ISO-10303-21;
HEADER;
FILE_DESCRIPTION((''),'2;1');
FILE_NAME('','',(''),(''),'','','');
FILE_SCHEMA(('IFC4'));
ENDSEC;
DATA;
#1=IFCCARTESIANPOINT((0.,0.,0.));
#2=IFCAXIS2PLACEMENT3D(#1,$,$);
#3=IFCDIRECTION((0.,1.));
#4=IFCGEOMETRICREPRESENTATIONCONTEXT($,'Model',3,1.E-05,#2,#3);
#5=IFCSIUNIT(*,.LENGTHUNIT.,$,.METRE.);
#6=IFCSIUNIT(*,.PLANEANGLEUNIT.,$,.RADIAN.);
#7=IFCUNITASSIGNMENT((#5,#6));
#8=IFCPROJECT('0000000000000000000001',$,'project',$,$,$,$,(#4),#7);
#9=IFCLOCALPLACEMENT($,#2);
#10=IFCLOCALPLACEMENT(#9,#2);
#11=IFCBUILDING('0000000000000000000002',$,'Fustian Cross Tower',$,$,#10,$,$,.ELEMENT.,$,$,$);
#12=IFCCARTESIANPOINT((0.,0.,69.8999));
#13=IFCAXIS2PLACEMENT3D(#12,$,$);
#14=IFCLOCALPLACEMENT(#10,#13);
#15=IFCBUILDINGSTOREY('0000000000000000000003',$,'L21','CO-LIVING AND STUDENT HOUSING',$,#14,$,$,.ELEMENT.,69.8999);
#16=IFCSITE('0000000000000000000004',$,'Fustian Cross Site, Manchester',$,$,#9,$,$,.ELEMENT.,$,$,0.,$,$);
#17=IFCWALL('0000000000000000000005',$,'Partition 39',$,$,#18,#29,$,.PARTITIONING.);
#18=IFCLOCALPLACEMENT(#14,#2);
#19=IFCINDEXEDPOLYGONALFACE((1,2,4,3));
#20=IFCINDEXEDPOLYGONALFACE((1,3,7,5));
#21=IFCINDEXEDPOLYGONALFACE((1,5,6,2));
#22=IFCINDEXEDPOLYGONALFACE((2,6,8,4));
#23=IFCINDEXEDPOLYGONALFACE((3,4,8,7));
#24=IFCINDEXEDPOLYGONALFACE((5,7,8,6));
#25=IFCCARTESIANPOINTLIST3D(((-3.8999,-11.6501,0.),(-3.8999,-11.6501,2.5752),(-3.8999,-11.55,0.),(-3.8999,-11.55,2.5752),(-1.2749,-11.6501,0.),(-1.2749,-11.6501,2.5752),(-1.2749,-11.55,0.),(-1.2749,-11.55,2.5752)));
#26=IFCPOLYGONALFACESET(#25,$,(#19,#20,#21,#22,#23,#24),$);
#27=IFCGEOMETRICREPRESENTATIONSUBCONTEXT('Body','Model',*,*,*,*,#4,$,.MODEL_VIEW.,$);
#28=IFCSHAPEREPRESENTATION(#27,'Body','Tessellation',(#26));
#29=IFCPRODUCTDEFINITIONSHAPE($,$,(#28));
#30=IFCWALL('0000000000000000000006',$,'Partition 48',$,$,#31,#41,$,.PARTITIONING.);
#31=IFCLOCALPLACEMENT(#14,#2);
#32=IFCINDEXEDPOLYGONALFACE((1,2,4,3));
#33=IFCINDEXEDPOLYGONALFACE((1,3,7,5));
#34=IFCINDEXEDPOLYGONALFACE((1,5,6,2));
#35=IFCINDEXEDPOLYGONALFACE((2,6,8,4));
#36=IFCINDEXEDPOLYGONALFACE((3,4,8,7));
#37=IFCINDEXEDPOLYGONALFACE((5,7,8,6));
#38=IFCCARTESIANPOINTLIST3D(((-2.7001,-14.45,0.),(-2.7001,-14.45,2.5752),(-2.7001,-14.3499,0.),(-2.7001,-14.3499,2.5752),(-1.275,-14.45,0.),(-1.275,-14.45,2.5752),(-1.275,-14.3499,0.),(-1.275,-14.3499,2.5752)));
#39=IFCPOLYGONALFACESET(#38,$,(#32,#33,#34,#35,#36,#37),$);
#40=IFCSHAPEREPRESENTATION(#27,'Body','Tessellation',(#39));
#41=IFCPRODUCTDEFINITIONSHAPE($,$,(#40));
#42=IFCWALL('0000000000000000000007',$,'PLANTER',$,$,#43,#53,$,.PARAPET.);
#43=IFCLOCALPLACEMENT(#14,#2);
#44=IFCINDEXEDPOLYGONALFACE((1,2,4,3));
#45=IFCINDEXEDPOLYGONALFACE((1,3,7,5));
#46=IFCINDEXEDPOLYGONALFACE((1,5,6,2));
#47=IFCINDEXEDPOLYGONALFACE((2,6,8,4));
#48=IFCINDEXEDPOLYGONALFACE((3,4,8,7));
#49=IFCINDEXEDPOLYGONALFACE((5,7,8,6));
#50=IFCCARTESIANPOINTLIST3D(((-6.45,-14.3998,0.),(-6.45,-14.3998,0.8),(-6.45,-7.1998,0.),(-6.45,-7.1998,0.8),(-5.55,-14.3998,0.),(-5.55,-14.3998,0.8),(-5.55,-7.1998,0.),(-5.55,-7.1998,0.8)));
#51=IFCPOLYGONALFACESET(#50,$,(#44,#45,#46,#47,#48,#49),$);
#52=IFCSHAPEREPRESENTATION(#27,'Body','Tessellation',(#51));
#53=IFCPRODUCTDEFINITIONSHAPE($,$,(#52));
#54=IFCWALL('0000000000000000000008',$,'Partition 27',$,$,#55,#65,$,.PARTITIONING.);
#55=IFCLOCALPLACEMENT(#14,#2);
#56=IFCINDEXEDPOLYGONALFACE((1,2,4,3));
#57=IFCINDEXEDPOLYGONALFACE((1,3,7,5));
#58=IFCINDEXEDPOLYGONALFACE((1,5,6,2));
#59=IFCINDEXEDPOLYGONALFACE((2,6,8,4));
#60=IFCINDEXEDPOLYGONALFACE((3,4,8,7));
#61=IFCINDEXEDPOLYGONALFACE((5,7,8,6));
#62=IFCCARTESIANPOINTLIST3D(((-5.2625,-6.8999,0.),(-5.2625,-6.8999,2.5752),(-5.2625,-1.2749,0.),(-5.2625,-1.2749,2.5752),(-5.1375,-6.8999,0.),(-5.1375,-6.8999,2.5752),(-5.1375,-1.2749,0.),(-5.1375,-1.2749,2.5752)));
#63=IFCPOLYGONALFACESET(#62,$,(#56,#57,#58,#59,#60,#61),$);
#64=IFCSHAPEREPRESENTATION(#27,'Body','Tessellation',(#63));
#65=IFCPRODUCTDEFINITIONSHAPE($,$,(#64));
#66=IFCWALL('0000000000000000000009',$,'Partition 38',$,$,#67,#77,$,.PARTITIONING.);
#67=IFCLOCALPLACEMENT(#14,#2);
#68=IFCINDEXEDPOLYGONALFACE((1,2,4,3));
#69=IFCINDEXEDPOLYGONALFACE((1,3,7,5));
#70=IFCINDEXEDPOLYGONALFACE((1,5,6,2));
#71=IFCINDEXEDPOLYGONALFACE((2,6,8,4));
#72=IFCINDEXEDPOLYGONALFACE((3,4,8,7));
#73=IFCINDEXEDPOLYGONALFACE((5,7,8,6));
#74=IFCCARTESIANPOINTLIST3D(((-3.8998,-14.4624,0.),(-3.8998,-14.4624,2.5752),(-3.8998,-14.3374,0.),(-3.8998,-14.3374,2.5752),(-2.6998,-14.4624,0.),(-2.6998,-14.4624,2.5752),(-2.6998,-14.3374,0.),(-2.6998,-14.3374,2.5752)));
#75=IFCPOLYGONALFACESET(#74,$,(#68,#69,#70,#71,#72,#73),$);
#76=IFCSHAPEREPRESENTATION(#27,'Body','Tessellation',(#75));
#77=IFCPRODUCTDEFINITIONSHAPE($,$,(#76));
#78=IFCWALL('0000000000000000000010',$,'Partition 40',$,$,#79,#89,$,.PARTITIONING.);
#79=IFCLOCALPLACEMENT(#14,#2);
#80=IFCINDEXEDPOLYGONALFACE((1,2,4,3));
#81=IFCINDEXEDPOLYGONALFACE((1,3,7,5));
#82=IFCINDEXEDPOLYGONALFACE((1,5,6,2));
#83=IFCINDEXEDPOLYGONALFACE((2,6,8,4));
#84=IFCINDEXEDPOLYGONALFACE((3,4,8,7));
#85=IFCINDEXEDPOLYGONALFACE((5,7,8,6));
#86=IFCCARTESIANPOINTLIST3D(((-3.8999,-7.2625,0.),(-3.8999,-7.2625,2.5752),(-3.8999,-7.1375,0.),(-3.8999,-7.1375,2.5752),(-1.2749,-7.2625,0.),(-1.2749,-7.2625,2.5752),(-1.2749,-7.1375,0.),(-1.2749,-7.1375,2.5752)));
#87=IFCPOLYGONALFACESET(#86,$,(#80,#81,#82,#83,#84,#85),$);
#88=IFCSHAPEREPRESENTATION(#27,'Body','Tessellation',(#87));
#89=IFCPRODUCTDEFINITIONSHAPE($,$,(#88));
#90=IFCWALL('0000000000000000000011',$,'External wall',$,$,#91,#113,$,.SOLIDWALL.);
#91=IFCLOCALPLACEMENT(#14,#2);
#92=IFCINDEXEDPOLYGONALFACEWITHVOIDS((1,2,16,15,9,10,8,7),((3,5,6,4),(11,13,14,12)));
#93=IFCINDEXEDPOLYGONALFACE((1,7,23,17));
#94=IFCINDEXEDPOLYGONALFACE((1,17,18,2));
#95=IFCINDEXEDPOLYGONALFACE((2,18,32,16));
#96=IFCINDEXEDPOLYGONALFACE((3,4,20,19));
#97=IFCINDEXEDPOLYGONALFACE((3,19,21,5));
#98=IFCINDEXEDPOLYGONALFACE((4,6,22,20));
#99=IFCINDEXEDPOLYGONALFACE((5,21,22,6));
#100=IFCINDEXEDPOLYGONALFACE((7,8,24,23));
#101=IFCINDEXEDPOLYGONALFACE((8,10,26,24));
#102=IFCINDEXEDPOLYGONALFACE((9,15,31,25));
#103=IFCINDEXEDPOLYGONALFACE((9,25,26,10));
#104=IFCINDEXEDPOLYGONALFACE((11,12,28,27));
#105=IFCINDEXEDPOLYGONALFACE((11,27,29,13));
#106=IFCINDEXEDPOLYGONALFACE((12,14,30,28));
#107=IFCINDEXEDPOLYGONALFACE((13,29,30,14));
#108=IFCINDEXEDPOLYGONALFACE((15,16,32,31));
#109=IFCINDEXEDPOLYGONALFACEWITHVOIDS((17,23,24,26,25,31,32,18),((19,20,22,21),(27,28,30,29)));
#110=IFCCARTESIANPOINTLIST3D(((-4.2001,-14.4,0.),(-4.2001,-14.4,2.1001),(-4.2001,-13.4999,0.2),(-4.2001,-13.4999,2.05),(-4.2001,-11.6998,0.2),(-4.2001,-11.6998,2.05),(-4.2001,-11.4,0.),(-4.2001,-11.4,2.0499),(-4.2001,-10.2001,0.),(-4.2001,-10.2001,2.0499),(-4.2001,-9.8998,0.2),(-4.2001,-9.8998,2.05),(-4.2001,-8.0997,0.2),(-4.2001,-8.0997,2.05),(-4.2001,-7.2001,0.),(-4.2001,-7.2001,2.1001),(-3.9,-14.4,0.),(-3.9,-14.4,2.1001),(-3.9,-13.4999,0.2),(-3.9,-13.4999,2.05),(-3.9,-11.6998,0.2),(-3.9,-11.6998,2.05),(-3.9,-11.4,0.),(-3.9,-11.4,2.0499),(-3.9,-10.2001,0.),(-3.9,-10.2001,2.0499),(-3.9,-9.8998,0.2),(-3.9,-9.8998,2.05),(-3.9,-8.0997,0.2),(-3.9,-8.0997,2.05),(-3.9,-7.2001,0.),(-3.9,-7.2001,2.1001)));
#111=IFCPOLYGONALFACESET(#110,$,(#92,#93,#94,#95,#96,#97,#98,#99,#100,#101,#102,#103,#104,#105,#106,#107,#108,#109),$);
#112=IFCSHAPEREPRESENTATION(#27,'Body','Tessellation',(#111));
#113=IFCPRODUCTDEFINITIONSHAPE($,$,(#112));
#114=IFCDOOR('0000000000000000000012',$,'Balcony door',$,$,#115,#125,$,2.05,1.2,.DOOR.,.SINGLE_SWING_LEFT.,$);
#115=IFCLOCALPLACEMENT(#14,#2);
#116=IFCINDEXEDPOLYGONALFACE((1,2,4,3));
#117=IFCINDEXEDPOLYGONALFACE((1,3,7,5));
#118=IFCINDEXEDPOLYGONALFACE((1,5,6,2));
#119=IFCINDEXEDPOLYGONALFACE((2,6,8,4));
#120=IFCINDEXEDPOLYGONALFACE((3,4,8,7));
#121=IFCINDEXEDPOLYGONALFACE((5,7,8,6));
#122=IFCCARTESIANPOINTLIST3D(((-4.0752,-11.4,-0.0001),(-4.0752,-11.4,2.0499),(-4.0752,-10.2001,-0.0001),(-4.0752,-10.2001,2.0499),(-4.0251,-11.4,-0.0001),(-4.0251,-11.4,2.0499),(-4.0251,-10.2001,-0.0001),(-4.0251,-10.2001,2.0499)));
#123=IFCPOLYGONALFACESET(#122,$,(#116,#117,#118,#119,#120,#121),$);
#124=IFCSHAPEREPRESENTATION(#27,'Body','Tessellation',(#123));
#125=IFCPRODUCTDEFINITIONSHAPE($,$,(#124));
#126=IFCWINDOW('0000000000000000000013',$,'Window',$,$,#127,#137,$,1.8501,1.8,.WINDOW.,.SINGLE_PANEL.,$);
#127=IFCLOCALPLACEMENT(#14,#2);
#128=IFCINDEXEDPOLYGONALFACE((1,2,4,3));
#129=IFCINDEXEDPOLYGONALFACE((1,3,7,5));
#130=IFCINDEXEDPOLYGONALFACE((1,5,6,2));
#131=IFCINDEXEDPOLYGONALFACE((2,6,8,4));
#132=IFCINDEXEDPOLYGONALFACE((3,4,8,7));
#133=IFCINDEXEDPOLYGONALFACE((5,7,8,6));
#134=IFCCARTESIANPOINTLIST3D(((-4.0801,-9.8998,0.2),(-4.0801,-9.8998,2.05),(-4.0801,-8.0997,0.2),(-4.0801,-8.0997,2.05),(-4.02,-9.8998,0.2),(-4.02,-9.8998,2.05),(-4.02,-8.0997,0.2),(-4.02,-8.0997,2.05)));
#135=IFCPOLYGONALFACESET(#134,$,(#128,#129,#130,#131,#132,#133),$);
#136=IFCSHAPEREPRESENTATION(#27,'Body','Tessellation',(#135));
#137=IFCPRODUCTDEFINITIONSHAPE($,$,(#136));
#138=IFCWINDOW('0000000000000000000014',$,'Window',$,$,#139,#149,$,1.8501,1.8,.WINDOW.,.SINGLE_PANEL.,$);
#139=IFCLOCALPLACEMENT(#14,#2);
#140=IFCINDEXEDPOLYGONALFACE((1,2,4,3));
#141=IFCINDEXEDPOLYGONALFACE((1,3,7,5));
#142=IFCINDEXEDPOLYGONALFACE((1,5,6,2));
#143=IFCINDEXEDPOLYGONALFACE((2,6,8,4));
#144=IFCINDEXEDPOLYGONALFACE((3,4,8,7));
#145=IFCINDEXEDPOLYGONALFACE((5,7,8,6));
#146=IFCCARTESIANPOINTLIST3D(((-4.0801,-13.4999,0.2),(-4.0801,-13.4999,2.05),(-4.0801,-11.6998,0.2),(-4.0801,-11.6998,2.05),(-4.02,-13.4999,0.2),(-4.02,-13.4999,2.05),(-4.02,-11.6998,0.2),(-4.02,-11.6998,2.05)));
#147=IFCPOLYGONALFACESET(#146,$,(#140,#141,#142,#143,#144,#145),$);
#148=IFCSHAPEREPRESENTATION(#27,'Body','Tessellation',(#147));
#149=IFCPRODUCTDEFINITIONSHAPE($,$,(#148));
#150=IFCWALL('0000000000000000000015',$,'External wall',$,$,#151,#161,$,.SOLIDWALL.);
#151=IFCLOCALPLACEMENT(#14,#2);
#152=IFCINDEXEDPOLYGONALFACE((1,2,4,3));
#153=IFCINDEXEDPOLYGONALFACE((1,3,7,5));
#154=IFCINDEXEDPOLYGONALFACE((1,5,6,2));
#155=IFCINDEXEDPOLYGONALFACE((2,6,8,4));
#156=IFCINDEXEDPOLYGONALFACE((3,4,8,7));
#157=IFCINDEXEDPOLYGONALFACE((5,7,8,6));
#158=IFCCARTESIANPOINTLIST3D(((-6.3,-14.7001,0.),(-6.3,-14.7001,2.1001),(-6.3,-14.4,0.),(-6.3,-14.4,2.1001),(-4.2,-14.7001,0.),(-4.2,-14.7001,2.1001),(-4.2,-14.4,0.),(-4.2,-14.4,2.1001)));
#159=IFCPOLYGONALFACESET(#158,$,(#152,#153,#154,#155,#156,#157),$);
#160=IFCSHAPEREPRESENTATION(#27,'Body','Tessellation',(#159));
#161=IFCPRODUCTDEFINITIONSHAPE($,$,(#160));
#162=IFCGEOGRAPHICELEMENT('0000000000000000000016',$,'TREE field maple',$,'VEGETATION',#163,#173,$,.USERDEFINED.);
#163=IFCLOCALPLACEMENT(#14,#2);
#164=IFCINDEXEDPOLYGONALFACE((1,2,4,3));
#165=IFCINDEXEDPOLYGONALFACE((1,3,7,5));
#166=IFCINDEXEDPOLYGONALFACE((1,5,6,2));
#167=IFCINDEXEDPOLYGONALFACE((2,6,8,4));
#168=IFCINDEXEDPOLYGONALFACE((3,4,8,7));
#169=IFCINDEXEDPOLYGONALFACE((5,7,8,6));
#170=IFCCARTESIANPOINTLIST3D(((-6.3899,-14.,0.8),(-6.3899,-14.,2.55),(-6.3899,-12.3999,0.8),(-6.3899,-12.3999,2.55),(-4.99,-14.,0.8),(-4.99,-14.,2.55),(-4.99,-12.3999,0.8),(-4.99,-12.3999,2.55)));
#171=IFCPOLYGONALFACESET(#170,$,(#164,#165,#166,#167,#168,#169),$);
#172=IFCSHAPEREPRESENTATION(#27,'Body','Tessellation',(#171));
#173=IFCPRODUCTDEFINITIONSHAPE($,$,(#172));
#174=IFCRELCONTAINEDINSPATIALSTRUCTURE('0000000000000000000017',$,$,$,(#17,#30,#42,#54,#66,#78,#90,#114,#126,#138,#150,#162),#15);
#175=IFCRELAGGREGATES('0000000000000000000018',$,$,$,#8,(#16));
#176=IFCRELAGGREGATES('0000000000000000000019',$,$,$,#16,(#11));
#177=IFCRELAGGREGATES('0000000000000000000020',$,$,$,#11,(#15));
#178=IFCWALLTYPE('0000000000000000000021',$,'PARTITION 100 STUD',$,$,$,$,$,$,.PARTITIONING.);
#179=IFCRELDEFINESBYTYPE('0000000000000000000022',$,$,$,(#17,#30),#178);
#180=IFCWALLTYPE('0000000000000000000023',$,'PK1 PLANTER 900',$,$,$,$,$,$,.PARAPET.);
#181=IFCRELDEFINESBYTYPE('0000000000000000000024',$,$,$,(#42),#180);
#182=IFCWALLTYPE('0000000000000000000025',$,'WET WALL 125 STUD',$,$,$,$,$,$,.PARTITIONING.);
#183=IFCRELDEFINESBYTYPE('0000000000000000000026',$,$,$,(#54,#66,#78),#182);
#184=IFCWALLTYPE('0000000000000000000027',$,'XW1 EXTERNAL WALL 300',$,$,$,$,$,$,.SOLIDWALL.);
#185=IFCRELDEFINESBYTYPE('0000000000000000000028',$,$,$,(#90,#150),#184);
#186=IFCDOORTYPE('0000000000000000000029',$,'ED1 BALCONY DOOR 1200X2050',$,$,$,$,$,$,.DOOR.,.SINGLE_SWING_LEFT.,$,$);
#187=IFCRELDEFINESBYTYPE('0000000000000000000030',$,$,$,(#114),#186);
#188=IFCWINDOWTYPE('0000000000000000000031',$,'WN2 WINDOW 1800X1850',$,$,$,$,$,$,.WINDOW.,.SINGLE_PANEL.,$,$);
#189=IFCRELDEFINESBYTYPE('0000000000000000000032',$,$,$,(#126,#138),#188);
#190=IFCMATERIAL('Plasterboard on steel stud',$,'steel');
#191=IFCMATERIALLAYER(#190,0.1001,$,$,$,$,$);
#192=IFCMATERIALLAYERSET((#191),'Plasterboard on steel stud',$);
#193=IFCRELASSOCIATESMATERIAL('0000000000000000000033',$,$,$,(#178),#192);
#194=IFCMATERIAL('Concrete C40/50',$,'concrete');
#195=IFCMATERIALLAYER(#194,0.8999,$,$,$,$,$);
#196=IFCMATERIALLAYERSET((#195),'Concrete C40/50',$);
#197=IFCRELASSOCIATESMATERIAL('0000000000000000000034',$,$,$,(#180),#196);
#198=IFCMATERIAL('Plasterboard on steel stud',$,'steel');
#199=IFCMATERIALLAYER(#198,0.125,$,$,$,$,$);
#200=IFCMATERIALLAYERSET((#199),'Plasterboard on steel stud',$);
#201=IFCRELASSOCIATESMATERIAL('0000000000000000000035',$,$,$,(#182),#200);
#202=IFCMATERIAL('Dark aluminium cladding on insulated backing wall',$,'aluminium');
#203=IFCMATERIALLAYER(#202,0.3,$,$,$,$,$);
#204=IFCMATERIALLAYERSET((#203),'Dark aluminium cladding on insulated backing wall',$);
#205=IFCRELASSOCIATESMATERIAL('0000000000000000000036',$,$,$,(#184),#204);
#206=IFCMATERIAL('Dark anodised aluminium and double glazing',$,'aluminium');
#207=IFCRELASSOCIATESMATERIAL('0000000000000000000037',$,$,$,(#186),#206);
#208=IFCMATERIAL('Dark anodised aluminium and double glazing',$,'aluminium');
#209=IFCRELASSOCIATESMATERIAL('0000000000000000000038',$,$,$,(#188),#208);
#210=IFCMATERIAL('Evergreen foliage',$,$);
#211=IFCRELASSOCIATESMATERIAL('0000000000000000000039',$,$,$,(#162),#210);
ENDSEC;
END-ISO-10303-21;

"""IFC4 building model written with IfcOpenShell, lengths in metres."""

from ifc_helpers import new_model, si_unit, direction, frame, frame_2d, origin, origin_2d, place, context, subcontext, project, spatial, rectangle, extrude, material, layer, layer_set, type_object, element, fill, save


model = new_model("IFC4")

# Units and contexts
model_context = context("Model", 3, precision=1e-05, world=origin(), true_north=direction((0.0, 1.0)))
body_context = subcontext(model_context, "Body", "Model", "MODEL_VIEW")
ifc_project = project(units=[si_unit("LENGTHUNIT", "METRE"), si_unit("PLANEANGLEUNIT", "RADIAN")], contexts=[model_context])

# Site, building, storey
site_placement = place(None, origin())
site = spatial("IfcSite", under=ifc_project, at=site_placement, Name="Fustian Cross Site, Manchester", CompositionType="ELEMENT", RefElevation=0.0)
building_placement = place(site_placement, origin())
building = spatial("IfcBuilding", under=site, at=building_placement, Name="Fustian Cross Tower", CompositionType="ELEMENT")
storey_placement = place(building_placement, frame((0.0, 0.0, 69.8999)))
storey = spatial("IfcBuildingStorey", under=building, at=storey_placement, Name="L21", Description="CO-LIVING AND STUDENT HOUSING", CompositionType="ELEMENT", Elevation=69.8999)

# Shared definitions
ifc_material_1 = material(Name="Plasterboard on steel stud", Category="steel")
ifc_layer_1 = layer(ifc_material_1, 0.1001)
ifc_layer_set_1 = layer_set([ifc_layer_1], Name="Plasterboard on steel stud")
wall_type_1 = type_object("IfcWallType", Name="PARTITION 100 STUD", PredefinedType="PARTITIONING", material=ifc_layer_set_1)

# Walls
wall_1_placement = place(storey_placement, frame((-3.8999, -11.6001, 0.0), z_axis=(0.0, 0.0, 1.0), x_axis=(1.0, 0.0, 0.0)))
element("IfcWall", 1, at=wall_1_placement, inside=storey, type_object=wall_type_1, Name="Partition 39", PredefinedType="PARTITIONING", context=body_context, shape_type="SweptSolid", body=[
    extrude(rectangle(XDim=2.625, YDim=0.1001, at=frame_2d((1.3125, 0.0))), origin(), (0.0, 0.0, 1.0), 2.5752),
])
wall_2_placement = place(storey_placement, frame((-2.7, -14.3999, 0.0), z_axis=(0.0, 0.0, 1.0), x_axis=(1.0, 0.0, 0.0)))
element("IfcWall", 2, at=wall_2_placement, inside=storey, type_object=wall_type_1, Name="Partition 48", PredefinedType="PARTITIONING", context=body_context, shape_type="SweptSolid", body=[
    extrude(rectangle(XDim=1.425, YDim=0.1001, at=frame_2d((0.7124, 0.0))), origin(), (0.0, 0.0, 1.0), 2.5752),
])
ifc_material_2 = material(Name="Concrete C40/50", Category="concrete")
ifc_layer_2 = layer(ifc_material_2, 0.8999)
ifc_layer_set_2 = layer_set([ifc_layer_2], Name="Concrete C40/50")
wall_type_2 = type_object("IfcWallType", Name="PK1 PLANTER 900", PredefinedType="PARAPET", material=ifc_layer_set_2)
wall_3_placement = place(storey_placement, frame((-6.0, -14.3999, 0.0), z_axis=(0.0, 0.0, 1.0), x_axis=(0.0, 1.0, 0.0)))
element("IfcWall", 3, at=wall_3_placement, inside=storey, type_object=wall_type_2, Name="PLANTER", PredefinedType="PARAPET", context=body_context, shape_type="SweptSolid", body=[
    extrude(rectangle(XDim=7.2, YDim=0.8999, at=frame_2d((3.6001, 0.0))), origin(), (0.0, 0.0, 1.0), 0.8),
])
ifc_material_3 = material(Name="Plasterboard on steel stud", Category="steel")
ifc_layer_3 = layer(ifc_material_3, 0.125)
ifc_layer_set_3 = layer_set([ifc_layer_3], Name="Plasterboard on steel stud")
wall_type_3 = type_object("IfcWallType", Name="WET WALL 125 STUD", PredefinedType="PARTITIONING", material=ifc_layer_set_3)
wall_4_placement = place(storey_placement, frame((-5.2, -6.8999, 0.0), z_axis=(0.0, 0.0, 1.0), x_axis=(0.0, 1.0, 0.0)))
element("IfcWall", 4, at=wall_4_placement, inside=storey, type_object=wall_type_3, Name="Partition 27", PredefinedType="PARTITIONING", context=body_context, shape_type="SweptSolid", body=[
    extrude(rectangle(XDim=5.625, YDim=0.125, at=frame_2d((2.8125, 0.0))), origin(), (0.0, 0.0, 1.0), 2.5752),
])
wall_5_placement = place(storey_placement, frame((-3.8999, -14.3999, 0.0), z_axis=(0.0, 0.0, 1.0), x_axis=(1.0, 0.0, 0.0)))
element("IfcWall", 5, at=wall_5_placement, inside=storey, type_object=wall_type_3, Name="Partition 38", PredefinedType="PARTITIONING", context=body_context, shape_type="SweptSolid", body=[
    extrude(rectangle(XDim=1.2, YDim=0.125, at=frame_2d((0.6001, 0.0))), origin(), (0.0, 0.0, 1.0), 2.5752),
])
wall_6_placement = place(storey_placement, frame((-3.8999, -7.2, 0.0), z_axis=(0.0, 0.0, 1.0), x_axis=(1.0, 0.0, 0.0)))
element("IfcWall", 6, at=wall_6_placement, inside=storey, type_object=wall_type_3, Name="Partition 40", PredefinedType="PARTITIONING", context=body_context, shape_type="SweptSolid", body=[
    extrude(rectangle(XDim=2.625, YDim=0.125, at=frame_2d((1.3125, 0.0))), origin(), (0.0, 0.0, 1.0), 2.5752),
])

# Wall, openings, door, windows
ifc_material_4 = material(Name="Dark aluminium cladding on insulated backing wall", Category="aluminium")
ifc_layer_4 = layer(ifc_material_4, 0.3)
ifc_layer_set_4 = layer_set([ifc_layer_4], Name="Dark aluminium cladding on insulated backing wall")
wall_type_4 = type_object("IfcWallType", Name="XW1 EXTERNAL WALL 300", PredefinedType="SOLIDWALL", material=ifc_layer_set_4)
wall_7_placement = place(storey_placement, frame((-4.05, -7.2, 0.0), z_axis=(0.0, 0.0, 1.0), x_axis=(0.0, -1.0, 0.0)))
wall_7 = element("IfcWall", 7, at=wall_7_placement, inside=storey, type_object=wall_type_4, Name="External wall", PredefinedType="SOLIDWALL", context=body_context, shape_type="SweptSolid", body=[
    extrude(rectangle(XDim=7.2, YDim=0.3, at=frame_2d((3.6001, 0.0))), origin(), (0.0, 0.0, 1.0), 2.1001),
])
opening_1_placement = place(wall_7_placement, frame((3.0, 0.0, 0.0)))
opening_1 = element("IfcOpeningElement", 8, at=opening_1_placement, cuts=wall_7, PredefinedType="OPENING", context=body_context, shape_type="SweptSolid", body=[
    extrude(rectangle(XDim=1.2, YDim=2.05, at=frame_2d((0.6001, 1.0249))), frame((0.0, 0.1599, 0.0), z_axis=(0.0, -1.0, 0.0), x_axis=(1.0, 0.0, 0.0)), (0.0, 0.0, 1.0), 0.3201),
])
opening_2_placement = place(wall_7_placement, frame((0.8999, 0.0, 0.2)))
opening_2 = element("IfcOpeningElement", 9, at=opening_2_placement, cuts=wall_7, PredefinedType="OPENING", context=body_context, shape_type="SweptSolid", body=[
    extrude(rectangle(XDim=1.8, YDim=1.8501, at=frame_2d((0.8999, 0.925))), frame((0.0, 0.1599, 0.0), z_axis=(0.0, -1.0, 0.0), x_axis=(1.0, 0.0, 0.0)), (0.0, 0.0, 1.0), 0.3201),
])
opening_3_placement = place(wall_7_placement, frame((4.5, 0.0, 0.2)))
opening_3 = element("IfcOpeningElement", 10, at=opening_3_placement, cuts=wall_7, PredefinedType="OPENING", context=body_context, shape_type="SweptSolid", body=[
    extrude(rectangle(XDim=1.8, YDim=1.8501, at=frame_2d((0.8999, 0.925))), frame((0.0, 0.1599, 0.0), z_axis=(0.0, -1.0, 0.0), x_axis=(1.0, 0.0, 0.0)), (0.0, 0.0, 1.0), 0.3201),
])
ifc_material_5 = material(Name="Dark anodised aluminium and double glazing", Category="aluminium")
door_type_1 = type_object("IfcDoorType", Name="ED1 BALCONY DOOR 1200X2050", OperationType="SINGLE_SWING_LEFT", PredefinedType="DOOR", material=ifc_material_5)
door_1_placement = place(opening_1_placement, origin())
door_1 = element("IfcDoor", 11, at=door_1_placement, inside=storey, type_object=door_type_1, Name="Balcony door", OperationType="SINGLE_SWING_LEFT", OverallHeight=2.05, OverallWidth=1.2, PredefinedType="DOOR", context=body_context, shape_type="SweptSolid", body=[
    extrude(rectangle(XDim=1.2, YDim=2.05, at=frame_2d((0.6001, 1.0249))), frame((0.0, 0.0249, 0.0), z_axis=(0.0, -1.0, 0.0), x_axis=(1.0, 0.0, 0.0)), (0.0, 0.0, 1.0), 0.05),
])
fill(opening_1, door_1)
ifc_material_6 = material(Name="Dark anodised aluminium and double glazing", Category="aluminium")
window_type = type_object("IfcWindowType", Name="WN2 WINDOW 1800X1850", PartitioningType="SINGLE_PANEL", PredefinedType="WINDOW", material=ifc_material_6)
window_1_placement = place(opening_2_placement, origin())
window_1 = element("IfcWindow", 12, at=window_1_placement, inside=storey, type_object=window_type, Name="Window", OverallHeight=1.8501, OverallWidth=1.8, PartitioningType="SINGLE_PANEL", PredefinedType="WINDOW", context=body_context, shape_type="SweptSolid", body=[
    extrude(rectangle(XDim=1.8, YDim=1.8501, at=frame_2d((0.8999, 0.925))), frame((0.0, 0.03, 0.0), z_axis=(0.0, -1.0, 0.0), x_axis=(1.0, 0.0, 0.0)), (0.0, 0.0, 1.0), 0.0601),
])
fill(opening_2, window_1)
window_2_placement = place(opening_3_placement, origin())
window_2 = element("IfcWindow", 13, at=window_2_placement, inside=storey, type_object=window_type, Name="Window", OverallHeight=1.8501, OverallWidth=1.8, PartitioningType="SINGLE_PANEL", PredefinedType="WINDOW", context=body_context, shape_type="SweptSolid", body=[
    extrude(rectangle(XDim=1.8, YDim=1.8501, at=frame_2d((0.8999, 0.925))), frame((0.0, 0.03, 0.0), z_axis=(0.0, -1.0, 0.0), x_axis=(1.0, 0.0, 0.0)), (0.0, 0.0, 1.0), 0.0601),
])
fill(opening_3, window_2)

# Wall
wall_8_placement = place(storey_placement, frame((-4.2, -14.55, 0.0), z_axis=(0.0, 0.0, 1.0), x_axis=(-1.0, 0.0, 0.0)))
element("IfcWall", 14, at=wall_8_placement, inside=storey, type_object=wall_type_4, Name="External wall", PredefinedType="SOLIDWALL", context=body_context, shape_type="SweptSolid", body=[
    extrude(rectangle(XDim=2.1001, YDim=0.3, at=frame_2d((1.05, 0.0))), origin(), (0.0, 0.0, 1.0), 2.1001),
])

# Geographic element
ifc_material_7 = material(Name="Evergreen foliage")
for number, where, z_axis, x_axis, name in (
    (15, (-5.6899, -13.2, 0.8), (0.0, 0.0, 1.0), (1.0, 0.0, 0.0), "TREE field maple"),
):
    element("IfcGeographicElement", number, at=place(storey_placement, frame(where, z_axis=z_axis, x_axis=x_axis)), inside=storey, material=ifc_material_7, Name=name, ObjectType="VEGETATION", PredefinedType="USERDEFINED", context=body_context, shape_type="SweptSolid", body=[
        extrude(rectangle(XDim=1.3999, YDim=1.6001, at=origin_2d()), origin(), (0.0, 0.0, 1.0), 1.75),
    ])

save(model, "model.ifc")
